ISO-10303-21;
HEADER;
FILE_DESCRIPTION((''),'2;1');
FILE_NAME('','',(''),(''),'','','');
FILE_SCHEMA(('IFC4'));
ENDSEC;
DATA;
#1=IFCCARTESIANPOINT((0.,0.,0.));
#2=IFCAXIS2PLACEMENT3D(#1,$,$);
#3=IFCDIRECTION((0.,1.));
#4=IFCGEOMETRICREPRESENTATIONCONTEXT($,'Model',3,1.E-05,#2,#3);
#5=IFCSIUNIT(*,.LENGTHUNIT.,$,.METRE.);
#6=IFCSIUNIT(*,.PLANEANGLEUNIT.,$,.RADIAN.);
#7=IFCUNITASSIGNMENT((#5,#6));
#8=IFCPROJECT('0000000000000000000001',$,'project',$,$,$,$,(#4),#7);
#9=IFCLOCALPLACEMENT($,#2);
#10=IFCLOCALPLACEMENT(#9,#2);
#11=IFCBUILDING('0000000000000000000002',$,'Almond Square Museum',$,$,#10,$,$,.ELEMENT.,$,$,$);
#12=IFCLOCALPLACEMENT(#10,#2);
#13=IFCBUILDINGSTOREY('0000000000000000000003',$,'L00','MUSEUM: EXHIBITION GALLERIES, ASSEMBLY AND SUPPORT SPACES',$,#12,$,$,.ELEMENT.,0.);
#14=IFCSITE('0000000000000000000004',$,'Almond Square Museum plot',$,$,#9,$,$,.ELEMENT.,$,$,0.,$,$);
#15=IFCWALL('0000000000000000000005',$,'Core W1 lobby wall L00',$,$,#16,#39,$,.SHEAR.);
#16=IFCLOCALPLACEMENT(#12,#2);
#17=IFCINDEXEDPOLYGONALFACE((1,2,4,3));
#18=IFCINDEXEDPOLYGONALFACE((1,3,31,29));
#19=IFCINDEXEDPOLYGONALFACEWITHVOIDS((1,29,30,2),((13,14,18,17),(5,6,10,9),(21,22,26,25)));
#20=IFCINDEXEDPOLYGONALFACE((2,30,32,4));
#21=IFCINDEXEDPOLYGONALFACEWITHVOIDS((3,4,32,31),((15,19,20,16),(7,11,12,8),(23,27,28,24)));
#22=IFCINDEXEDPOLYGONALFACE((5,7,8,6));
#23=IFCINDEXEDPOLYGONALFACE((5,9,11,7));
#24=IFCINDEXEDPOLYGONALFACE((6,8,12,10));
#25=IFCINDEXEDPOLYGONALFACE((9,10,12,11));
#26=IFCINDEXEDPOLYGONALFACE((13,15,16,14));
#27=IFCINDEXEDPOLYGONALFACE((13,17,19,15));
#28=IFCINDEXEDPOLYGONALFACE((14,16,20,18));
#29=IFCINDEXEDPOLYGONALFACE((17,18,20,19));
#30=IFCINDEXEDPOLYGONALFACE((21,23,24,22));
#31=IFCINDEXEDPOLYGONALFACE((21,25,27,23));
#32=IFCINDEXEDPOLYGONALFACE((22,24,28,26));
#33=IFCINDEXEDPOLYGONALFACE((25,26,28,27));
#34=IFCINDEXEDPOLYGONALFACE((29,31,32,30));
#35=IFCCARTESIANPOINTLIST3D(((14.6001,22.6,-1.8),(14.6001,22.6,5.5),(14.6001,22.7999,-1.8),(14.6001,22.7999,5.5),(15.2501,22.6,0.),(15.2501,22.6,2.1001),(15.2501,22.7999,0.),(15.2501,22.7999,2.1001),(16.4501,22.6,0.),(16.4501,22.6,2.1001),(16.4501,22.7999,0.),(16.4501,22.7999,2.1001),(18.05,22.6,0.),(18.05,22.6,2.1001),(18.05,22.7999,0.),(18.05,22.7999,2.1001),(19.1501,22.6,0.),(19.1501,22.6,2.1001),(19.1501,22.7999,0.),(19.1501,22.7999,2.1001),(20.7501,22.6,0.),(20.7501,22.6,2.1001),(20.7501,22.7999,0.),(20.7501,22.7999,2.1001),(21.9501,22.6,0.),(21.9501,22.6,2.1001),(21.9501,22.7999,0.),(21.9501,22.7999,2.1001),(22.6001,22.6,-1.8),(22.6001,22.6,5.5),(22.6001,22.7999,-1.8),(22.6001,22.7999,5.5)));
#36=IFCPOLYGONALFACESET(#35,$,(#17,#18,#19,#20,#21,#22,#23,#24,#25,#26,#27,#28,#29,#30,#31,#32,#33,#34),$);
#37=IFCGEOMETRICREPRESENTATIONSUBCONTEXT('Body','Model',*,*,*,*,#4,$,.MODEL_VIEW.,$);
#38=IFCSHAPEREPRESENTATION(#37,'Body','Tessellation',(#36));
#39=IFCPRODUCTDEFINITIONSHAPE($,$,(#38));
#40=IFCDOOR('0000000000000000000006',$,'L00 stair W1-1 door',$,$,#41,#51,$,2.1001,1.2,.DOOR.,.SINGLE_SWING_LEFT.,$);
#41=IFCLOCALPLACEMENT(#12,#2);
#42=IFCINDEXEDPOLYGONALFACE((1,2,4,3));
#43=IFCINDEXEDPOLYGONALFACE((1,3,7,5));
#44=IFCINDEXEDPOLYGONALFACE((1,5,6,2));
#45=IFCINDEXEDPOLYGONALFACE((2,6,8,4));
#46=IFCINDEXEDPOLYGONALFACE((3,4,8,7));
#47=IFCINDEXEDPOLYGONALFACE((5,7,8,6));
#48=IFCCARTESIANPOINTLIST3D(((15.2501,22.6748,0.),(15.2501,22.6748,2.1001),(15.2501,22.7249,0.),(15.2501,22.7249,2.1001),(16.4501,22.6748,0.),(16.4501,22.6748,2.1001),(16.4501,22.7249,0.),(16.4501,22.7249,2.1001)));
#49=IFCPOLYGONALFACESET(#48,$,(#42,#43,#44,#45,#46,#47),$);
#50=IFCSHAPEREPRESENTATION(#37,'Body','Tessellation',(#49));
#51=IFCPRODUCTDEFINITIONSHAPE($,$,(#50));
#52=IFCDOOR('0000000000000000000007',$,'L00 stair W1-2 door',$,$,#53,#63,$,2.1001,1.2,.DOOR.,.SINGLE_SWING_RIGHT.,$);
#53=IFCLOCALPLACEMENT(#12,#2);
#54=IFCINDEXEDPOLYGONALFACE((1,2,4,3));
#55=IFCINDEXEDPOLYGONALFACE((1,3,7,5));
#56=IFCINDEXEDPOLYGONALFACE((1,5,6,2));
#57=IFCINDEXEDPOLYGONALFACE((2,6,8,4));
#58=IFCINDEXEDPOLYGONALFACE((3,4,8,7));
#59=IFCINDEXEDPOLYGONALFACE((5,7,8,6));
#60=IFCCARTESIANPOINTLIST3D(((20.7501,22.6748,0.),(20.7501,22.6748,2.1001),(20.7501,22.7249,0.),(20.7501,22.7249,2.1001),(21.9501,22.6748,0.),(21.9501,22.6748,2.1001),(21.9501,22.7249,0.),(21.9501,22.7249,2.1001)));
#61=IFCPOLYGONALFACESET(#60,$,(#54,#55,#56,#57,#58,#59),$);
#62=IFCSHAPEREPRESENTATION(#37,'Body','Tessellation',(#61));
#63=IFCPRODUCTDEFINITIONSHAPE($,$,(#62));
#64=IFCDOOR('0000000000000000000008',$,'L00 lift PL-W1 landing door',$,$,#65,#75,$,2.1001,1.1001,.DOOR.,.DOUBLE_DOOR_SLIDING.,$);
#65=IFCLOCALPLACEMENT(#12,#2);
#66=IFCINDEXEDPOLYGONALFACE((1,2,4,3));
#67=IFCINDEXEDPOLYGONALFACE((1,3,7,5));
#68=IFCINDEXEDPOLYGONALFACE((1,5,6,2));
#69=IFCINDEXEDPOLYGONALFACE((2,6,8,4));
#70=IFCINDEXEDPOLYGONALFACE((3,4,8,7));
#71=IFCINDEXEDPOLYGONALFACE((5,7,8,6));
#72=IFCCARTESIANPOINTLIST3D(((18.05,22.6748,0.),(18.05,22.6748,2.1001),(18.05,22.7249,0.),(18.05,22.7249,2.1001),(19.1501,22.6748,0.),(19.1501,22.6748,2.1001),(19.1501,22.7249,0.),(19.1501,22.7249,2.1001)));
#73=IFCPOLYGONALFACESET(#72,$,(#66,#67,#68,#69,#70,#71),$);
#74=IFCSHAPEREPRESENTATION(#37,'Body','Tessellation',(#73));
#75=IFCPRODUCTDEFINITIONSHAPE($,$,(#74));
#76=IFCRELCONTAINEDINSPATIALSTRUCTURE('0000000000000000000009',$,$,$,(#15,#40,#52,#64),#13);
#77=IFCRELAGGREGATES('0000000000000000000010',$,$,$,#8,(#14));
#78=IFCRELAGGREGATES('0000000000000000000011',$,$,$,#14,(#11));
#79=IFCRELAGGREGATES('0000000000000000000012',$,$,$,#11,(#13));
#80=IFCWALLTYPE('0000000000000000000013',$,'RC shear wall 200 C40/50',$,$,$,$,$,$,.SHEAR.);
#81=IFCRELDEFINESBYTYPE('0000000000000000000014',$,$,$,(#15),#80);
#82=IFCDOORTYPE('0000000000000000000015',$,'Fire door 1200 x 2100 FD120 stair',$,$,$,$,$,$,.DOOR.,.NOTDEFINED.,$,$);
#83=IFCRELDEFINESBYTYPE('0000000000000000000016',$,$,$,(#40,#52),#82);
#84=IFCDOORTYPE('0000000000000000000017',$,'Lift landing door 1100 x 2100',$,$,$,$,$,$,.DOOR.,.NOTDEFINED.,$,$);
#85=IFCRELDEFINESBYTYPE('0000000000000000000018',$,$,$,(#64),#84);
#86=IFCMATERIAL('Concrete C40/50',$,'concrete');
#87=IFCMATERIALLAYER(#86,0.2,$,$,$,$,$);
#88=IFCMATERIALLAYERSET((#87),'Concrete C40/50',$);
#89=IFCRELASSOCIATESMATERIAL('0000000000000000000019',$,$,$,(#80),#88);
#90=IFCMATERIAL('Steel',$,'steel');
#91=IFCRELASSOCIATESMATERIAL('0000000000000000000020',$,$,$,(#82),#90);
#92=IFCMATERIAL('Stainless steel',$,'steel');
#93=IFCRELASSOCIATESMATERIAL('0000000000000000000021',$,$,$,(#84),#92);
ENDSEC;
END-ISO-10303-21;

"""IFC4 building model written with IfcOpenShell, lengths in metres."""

from ifc_helpers import new_model, si_unit, direction, frame, frame_2d, origin, place, context, subcontext, project, spatial, rectangle, extrude, material, layer, layer_set, type_object, element, fill, save


model = new_model("IFC4")

# Units and contexts
model_context = context("Model", 3, precision=1e-05, world=origin(), true_north=direction((0.0, 1.0)))
body_context = subcontext(model_context, "Body", "Model", "MODEL_VIEW")
ifc_project = project(units=[si_unit("LENGTHUNIT", "METRE"), si_unit("PLANEANGLEUNIT", "RADIAN")], contexts=[model_context])

# Site, building, storey
site_placement = place(None, origin())
site = spatial("IfcSite", under=ifc_project, at=site_placement, Name="Almond Square Museum plot", CompositionType="ELEMENT", RefElevation=0.0)
building_placement = place(site_placement, origin())
building = spatial("IfcBuilding", under=site, at=building_placement, Name="Almond Square Museum", CompositionType="ELEMENT")
storey_placement = place(building_placement, origin())
storey = spatial("IfcBuildingStorey", under=building, at=storey_placement, Name="L00", Description="MUSEUM: EXHIBITION GALLERIES, ASSEMBLY AND SUPPORT SPACES", CompositionType="ELEMENT", Elevation=0.0)

# Shared definitions
ifc_material_1 = material(Name="Concrete C40/50", Category="concrete")
ifc_layer_1 = layer(ifc_material_1, 0.2)
ifc_layer_set_1 = layer_set([ifc_layer_1], Name="Concrete C40/50")
wall_type_1 = type_object("IfcWallType", Name="RC shear wall 200 C40/50", PredefinedType="SHEAR", material=ifc_layer_set_1)

# Wall, openings, doors
wall_1_placement = place(storey_placement, frame((14.6001, 22.7, -1.8), z_axis=(0.0, 0.0, 1.0), x_axis=(1.0, 0.0, 0.0)))
wall_1 = element("IfcWall", 1, at=wall_1_placement, inside=storey, type_object=wall_type_1, Name="Core W1 lobby wall L00", PredefinedType="SHEAR", context=body_context, shape_type="SweptSolid", body=[
    extrude(rectangle(XDim=8.0, YDim=0.2, at=frame_2d((4.0, 0.0))), origin(), (0.0, 0.0, 1.0), 7.3),
])
opening_1_placement = place(wall_1_placement, frame((0.6499, 0.0, 1.8)))
opening_1 = element("IfcOpeningElement", 2, at=opening_1_placement, cuts=wall_1, PredefinedType="OPENING", context=body_context, shape_type="SweptSolid", body=[
    extrude(rectangle(XDim=1.2, YDim=2.1001, at=frame_2d((0.6001, 1.05))), frame((0.0, 0.1099, 0.0), z_axis=(0.0, -1.0, 0.0), x_axis=(1.0, 0.0, 0.0)), (0.0, 0.0, 1.0), 0.22),
])
opening_2_placement = place(wall_1_placement, frame((6.1499, 0.0, 1.8)))
opening_2 = element("IfcOpeningElement", 3, at=opening_2_placement, cuts=wall_1, PredefinedType="OPENING", context=body_context, shape_type="SweptSolid", body=[
    extrude(rectangle(XDim=1.2, YDim=2.1001, at=frame_2d((0.6001, 1.05))), frame((0.0, 0.1099, 0.0), z_axis=(0.0, -1.0, 0.0), x_axis=(1.0, 0.0, 0.0)), (0.0, 0.0, 1.0), 0.22),
])
opening_3_placement = place(wall_1_placement, frame((3.45, 0.0, 1.8)))
opening_3 = element("IfcOpeningElement", 4, at=opening_3_placement, cuts=wall_1, PredefinedType="OPENING", context=body_context, shape_type="SweptSolid", body=[
    extrude(rectangle(XDim=1.1001, YDim=2.1001, at=frame_2d((0.55, 1.05))), frame((0.0, 0.1099, 0.0), z_axis=(0.0, -1.0, 0.0), x_axis=(1.0, 0.0, 0.0)), (0.0, 0.0, 1.0), 0.22),
])
ifc_material_2 = material(Name="Steel", Category="steel")
door_type_1 = type_object("IfcDoorType", Name="Fire door 1200 x 2100 FD120 stair", OperationType="NOTDEFINED", PredefinedType="DOOR", material=ifc_material_2)
door_1_placement = place(opening_1_placement, origin())
door_1 = element("IfcDoor", 5, at=door_1_placement, inside=storey, type_object=door_type_1, Name="L00 stair W1-1 door", OperationType="SINGLE_SWING_LEFT", OverallHeight=2.1001, OverallWidth=1.2, PredefinedType="DOOR", context=body_context, shape_type="SweptSolid", body=[
    extrude(rectangle(XDim=1.2, YDim=2.1001, at=frame_2d((0.6001, 1.05))), frame((0.0, 0.0249, 0.0), z_axis=(0.0, -1.0, 0.0), x_axis=(1.0, 0.0, 0.0)), (0.0, 0.0, 1.0), 0.05),
])
fill(opening_1, door_1)
door_2_placement = place(opening_2_placement, origin())
door_2 = element("IfcDoor", 6, at=door_2_placement, inside=storey, type_object=door_type_1, Name="L00 stair W1-2 door", OperationType="SINGLE_SWING_RIGHT", OverallHeight=2.1001, OverallWidth=1.2, PredefinedType="DOOR", context=body_context, shape_type="SweptSolid", body=[
    extrude(rectangle(XDim=1.2, YDim=2.1001, at=frame_2d((0.6001, 1.05))), frame((0.0, 0.0249, 0.0), z_axis=(0.0, -1.0, 0.0), x_axis=(1.0, 0.0, 0.0)), (0.0, 0.0, 1.0), 0.05),
])
fill(opening_2, door_2)
ifc_material_3 = material(Name="Stainless steel", Category="steel")
door_type_2 = type_object("IfcDoorType", Name="Lift landing door 1100 x 2100", OperationType="NOTDEFINED", PredefinedType="DOOR", material=ifc_material_3)
door_3_placement = place(opening_3_placement, origin())
door_3 = element("IfcDoor", 7, at=door_3_placement, inside=storey, type_object=door_type_2, Name="L00 lift PL-W1 landing door", OperationType="DOUBLE_DOOR_SLIDING", OverallHeight=2.1001, OverallWidth=1.1001, PredefinedType="DOOR", context=body_context, shape_type="SweptSolid", body=[
    extrude(rectangle(XDim=1.1001, YDim=2.1001, at=frame_2d((0.55, 1.05))), frame((0.0, 0.0249, 0.0), z_axis=(0.0, -1.0, 0.0), x_axis=(1.0, 0.0, 0.0)), (0.0, 0.0, 1.0), 0.05),
])
fill(opening_3, door_3)

save(model, "model.ifc")
